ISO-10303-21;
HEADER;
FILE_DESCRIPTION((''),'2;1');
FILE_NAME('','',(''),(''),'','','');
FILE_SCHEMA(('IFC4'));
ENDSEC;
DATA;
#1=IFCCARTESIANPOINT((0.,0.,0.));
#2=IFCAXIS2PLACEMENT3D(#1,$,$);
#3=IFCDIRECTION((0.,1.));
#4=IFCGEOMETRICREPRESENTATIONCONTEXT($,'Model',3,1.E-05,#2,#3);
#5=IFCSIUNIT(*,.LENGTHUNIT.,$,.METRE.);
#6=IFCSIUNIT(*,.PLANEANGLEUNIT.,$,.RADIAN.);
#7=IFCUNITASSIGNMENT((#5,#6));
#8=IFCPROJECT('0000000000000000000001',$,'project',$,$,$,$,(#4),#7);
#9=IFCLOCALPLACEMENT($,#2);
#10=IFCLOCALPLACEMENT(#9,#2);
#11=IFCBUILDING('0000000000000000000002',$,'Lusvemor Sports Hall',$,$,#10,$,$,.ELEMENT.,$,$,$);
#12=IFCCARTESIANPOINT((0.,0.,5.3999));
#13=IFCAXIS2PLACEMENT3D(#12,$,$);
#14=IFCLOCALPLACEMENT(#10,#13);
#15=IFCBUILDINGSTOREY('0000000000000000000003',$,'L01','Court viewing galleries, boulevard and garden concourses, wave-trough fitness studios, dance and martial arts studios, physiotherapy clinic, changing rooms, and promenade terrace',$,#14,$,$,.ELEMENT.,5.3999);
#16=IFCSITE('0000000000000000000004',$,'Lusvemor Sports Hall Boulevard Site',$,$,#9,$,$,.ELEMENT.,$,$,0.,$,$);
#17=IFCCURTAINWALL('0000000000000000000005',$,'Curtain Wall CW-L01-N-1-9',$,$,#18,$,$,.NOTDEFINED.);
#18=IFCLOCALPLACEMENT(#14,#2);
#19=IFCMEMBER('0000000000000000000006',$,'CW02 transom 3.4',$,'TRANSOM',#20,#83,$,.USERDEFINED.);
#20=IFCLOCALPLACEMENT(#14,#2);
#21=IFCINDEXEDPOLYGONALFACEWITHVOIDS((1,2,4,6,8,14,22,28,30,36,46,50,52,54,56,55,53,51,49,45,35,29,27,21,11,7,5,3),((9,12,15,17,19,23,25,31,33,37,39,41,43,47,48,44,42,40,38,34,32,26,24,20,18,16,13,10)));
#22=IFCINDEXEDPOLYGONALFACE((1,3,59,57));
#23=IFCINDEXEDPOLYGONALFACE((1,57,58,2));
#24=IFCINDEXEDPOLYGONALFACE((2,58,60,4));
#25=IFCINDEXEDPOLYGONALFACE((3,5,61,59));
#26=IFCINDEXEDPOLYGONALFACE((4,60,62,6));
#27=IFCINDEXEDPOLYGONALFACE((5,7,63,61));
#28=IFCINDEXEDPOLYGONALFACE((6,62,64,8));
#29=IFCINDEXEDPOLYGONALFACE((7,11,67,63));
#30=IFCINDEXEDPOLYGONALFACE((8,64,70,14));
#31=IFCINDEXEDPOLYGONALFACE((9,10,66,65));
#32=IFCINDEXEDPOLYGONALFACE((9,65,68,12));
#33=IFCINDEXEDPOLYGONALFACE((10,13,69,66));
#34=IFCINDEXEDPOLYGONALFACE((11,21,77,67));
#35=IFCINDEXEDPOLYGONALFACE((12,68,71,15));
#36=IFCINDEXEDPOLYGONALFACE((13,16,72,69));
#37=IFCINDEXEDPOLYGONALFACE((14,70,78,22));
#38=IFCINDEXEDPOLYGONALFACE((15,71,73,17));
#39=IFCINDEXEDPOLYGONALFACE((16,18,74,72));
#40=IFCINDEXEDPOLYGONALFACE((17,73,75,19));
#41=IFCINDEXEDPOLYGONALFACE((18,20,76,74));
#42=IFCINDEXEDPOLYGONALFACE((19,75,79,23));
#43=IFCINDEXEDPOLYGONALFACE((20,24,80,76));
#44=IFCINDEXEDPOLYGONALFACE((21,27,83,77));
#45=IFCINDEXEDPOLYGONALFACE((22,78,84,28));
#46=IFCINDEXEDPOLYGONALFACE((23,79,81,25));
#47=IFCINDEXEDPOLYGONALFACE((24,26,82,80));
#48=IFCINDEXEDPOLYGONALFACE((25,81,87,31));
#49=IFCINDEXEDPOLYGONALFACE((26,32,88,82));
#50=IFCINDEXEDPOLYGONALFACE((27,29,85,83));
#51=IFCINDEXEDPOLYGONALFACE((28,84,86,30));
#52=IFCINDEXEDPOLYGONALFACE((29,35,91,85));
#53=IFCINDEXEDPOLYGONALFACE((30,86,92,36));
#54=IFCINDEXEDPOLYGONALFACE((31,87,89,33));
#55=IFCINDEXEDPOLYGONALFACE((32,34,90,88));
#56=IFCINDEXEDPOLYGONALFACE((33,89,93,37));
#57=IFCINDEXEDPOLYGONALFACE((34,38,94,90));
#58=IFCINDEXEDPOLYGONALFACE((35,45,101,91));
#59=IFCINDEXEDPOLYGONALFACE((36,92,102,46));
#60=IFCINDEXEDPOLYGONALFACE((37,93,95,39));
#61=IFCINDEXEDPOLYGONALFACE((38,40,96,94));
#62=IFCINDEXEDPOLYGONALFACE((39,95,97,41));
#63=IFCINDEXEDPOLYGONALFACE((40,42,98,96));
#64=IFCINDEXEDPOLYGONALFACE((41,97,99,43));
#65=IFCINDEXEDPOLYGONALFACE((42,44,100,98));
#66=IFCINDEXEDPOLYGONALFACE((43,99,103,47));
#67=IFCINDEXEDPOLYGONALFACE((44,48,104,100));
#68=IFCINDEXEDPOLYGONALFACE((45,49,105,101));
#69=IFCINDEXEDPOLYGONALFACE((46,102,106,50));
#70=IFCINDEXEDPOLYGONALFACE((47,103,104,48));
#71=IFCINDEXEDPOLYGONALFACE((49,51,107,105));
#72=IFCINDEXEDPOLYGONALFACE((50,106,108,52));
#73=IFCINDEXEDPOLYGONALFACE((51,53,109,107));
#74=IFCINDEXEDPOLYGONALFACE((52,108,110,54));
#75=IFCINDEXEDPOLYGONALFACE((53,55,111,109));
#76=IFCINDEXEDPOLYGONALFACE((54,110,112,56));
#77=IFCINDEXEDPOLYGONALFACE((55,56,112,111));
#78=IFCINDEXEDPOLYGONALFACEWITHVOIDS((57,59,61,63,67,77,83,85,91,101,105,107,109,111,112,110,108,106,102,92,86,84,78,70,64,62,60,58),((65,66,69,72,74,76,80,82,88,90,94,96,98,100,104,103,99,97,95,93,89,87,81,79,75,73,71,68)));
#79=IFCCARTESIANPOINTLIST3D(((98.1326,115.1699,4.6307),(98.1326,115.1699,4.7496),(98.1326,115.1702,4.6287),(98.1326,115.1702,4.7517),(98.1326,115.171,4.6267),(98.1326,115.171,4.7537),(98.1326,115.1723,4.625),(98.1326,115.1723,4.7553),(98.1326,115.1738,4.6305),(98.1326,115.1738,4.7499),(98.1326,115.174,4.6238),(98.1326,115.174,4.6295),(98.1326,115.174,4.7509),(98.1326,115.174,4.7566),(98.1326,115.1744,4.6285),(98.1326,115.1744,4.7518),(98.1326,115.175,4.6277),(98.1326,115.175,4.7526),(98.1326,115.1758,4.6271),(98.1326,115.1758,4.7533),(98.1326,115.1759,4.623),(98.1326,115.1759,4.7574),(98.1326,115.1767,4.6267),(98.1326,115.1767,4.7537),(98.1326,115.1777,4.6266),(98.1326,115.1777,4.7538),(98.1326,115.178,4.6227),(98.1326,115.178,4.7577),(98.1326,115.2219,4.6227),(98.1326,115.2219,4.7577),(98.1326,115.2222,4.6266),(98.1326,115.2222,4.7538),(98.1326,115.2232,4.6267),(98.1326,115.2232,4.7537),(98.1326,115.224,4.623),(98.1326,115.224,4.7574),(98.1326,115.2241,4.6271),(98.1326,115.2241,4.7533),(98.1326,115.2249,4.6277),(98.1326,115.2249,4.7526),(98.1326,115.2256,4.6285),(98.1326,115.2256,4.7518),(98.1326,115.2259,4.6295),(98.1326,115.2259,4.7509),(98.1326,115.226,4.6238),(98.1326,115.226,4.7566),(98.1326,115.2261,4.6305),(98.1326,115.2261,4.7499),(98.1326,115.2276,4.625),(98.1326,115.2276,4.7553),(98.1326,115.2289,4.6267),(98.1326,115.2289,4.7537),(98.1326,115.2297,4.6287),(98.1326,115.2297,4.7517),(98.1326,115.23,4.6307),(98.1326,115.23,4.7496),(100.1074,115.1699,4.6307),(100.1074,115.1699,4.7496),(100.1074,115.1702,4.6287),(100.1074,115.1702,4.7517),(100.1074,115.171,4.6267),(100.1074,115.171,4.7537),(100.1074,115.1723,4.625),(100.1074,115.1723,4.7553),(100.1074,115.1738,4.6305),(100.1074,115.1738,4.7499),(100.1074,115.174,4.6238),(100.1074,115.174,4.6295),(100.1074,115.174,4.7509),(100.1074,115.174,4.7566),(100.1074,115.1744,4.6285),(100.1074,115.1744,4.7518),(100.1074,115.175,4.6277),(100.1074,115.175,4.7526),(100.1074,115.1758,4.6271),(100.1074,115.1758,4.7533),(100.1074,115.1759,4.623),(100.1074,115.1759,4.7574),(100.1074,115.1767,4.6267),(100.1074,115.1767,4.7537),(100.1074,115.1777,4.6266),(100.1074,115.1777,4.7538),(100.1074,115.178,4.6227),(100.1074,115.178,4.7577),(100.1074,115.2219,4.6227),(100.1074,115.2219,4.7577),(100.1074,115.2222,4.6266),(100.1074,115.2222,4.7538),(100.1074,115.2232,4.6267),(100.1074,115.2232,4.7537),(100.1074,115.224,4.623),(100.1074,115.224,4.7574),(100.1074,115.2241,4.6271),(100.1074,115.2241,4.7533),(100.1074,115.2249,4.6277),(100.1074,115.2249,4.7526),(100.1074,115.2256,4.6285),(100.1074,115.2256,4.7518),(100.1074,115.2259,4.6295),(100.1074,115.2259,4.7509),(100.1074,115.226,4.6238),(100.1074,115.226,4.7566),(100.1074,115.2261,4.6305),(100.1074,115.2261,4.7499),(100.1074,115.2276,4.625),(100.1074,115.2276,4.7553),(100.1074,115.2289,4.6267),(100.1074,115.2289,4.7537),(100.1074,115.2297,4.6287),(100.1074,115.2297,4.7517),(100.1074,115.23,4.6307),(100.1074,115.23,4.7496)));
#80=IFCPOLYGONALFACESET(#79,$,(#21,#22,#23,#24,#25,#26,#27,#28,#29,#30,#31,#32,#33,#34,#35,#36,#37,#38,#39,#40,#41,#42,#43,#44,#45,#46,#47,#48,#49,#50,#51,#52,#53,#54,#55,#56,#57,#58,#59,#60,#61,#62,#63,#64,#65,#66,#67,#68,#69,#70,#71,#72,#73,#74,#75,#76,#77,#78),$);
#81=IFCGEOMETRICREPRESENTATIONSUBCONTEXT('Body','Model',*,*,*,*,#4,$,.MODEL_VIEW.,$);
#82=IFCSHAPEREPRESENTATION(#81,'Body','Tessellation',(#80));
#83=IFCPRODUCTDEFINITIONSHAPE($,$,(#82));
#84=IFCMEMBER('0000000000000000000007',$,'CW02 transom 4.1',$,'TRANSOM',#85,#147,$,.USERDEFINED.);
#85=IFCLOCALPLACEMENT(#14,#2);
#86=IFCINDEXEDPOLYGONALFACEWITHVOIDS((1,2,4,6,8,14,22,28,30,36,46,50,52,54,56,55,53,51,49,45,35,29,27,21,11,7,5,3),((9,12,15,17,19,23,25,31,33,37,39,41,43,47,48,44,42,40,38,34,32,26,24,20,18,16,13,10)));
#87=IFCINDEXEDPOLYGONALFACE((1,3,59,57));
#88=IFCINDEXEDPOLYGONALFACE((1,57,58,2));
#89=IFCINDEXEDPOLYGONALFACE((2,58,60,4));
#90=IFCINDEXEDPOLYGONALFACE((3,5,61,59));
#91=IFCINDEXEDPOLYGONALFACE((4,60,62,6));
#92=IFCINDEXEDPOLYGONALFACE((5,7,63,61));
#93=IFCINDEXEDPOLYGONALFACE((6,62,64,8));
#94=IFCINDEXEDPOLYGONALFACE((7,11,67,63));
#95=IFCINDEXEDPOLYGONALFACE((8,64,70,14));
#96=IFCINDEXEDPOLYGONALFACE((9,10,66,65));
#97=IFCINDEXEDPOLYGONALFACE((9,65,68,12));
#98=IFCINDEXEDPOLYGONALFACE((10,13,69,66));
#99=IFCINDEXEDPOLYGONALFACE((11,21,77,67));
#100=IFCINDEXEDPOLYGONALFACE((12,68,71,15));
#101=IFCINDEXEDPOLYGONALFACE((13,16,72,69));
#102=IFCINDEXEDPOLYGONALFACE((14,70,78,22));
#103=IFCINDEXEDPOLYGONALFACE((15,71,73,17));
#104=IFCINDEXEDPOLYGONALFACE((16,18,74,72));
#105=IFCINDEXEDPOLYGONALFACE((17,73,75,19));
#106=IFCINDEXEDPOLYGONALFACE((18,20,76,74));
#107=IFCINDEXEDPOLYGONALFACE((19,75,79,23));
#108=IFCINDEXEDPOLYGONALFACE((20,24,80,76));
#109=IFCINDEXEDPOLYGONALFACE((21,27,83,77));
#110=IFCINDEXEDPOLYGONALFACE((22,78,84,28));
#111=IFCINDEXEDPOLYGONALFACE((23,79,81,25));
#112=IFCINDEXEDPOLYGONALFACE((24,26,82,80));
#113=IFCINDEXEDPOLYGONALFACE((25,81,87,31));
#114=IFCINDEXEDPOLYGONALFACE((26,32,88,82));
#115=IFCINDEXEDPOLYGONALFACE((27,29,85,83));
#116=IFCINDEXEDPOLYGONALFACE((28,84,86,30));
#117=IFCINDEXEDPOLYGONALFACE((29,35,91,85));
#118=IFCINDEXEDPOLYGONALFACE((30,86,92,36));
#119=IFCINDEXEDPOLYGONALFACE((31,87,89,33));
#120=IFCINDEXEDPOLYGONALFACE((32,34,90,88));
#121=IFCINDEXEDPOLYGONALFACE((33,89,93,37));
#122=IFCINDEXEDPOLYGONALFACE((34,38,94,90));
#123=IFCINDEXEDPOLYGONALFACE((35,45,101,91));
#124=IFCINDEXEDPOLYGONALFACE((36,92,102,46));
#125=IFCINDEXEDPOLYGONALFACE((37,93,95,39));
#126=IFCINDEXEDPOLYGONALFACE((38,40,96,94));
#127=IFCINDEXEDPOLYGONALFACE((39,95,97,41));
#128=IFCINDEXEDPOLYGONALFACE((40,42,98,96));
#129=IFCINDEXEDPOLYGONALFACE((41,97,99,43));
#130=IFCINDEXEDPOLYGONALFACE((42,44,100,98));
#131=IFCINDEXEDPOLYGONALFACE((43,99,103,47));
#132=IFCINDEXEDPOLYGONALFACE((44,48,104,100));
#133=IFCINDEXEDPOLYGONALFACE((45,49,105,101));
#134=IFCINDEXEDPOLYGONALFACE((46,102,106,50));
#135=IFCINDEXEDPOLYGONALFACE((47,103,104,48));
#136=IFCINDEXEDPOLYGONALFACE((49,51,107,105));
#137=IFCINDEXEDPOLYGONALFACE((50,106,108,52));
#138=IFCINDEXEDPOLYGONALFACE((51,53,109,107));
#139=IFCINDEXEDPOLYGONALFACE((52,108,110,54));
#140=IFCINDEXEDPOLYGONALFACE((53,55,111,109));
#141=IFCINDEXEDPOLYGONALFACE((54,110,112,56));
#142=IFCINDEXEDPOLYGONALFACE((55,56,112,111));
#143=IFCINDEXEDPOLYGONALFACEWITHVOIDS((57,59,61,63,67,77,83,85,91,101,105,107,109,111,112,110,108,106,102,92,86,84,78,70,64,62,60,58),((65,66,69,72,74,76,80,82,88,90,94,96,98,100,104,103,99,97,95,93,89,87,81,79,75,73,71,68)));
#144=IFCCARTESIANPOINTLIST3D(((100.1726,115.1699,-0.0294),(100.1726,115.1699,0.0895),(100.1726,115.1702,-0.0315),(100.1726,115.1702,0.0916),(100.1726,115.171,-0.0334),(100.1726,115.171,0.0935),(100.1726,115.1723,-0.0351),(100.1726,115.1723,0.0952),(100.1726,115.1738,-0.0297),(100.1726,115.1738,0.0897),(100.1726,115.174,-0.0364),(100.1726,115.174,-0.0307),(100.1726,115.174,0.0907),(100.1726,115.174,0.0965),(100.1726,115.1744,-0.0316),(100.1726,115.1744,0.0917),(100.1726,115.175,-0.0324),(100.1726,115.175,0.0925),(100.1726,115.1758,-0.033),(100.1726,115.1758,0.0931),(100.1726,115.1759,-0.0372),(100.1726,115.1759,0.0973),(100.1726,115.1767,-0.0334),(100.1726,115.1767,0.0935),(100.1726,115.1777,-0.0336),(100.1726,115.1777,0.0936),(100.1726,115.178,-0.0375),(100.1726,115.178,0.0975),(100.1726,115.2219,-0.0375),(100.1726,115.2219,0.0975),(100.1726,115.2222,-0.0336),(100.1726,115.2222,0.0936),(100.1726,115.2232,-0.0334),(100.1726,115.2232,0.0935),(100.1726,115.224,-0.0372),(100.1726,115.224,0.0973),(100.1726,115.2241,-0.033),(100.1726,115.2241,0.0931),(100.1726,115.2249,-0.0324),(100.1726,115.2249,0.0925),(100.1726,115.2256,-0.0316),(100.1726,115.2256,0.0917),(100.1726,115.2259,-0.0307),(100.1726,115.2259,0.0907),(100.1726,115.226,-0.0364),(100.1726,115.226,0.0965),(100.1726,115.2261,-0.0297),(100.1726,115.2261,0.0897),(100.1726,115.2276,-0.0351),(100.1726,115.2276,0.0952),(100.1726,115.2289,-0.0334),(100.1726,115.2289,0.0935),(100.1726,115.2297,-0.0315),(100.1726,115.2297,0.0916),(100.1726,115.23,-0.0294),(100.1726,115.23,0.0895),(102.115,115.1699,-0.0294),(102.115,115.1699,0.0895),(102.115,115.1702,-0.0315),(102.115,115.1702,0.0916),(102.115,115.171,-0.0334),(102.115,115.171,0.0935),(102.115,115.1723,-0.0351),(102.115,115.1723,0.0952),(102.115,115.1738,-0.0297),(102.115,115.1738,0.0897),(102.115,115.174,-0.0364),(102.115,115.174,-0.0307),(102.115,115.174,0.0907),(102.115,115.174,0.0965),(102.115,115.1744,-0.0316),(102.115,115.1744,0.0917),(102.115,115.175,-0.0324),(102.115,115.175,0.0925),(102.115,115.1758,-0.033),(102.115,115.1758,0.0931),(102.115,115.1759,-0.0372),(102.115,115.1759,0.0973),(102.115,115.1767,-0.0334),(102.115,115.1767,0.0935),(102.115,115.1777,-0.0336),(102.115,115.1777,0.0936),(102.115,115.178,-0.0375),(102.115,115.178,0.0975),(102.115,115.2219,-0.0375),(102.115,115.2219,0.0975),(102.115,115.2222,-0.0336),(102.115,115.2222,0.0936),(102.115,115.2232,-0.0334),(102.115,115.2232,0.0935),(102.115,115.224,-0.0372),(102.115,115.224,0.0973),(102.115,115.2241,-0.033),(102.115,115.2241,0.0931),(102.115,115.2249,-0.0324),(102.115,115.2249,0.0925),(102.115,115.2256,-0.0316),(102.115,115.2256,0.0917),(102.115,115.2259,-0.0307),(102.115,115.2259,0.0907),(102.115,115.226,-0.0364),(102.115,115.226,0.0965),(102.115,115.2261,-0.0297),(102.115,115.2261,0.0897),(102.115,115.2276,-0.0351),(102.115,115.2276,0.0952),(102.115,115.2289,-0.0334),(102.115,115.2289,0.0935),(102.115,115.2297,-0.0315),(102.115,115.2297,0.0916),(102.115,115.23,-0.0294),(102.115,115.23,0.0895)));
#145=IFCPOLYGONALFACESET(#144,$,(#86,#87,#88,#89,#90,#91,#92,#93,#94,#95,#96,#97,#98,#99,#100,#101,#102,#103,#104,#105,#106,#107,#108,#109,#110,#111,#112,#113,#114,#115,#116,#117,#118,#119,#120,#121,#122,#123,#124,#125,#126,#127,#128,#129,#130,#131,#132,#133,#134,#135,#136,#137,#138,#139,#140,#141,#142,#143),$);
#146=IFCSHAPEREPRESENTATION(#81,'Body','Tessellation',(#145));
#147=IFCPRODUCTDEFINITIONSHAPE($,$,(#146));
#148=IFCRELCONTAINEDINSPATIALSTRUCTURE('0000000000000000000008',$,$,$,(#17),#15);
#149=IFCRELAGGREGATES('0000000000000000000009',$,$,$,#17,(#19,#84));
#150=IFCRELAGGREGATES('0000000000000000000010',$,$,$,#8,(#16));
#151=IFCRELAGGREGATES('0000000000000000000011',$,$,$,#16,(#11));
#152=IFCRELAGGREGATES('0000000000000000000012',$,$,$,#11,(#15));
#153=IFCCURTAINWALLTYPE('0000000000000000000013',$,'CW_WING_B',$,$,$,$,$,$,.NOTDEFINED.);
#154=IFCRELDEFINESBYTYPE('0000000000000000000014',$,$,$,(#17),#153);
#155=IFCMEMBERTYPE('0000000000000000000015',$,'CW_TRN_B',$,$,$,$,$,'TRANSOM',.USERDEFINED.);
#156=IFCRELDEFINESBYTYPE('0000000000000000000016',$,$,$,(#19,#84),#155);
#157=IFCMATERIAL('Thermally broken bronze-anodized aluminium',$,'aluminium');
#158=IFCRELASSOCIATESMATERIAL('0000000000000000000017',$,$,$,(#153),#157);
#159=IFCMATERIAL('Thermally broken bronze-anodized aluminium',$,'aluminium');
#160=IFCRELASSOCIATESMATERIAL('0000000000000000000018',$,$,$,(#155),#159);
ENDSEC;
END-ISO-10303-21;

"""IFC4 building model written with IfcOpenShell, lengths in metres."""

from ifc_helpers import new_model, si_unit, direction, frame, origin, origin_2d, place, context, subcontext, project, spatial, hollow_rectangle, extrude, material, material_profile, profile_set, type_object, element, aggregate, save


model = new_model("IFC4")

# Units and contexts
model_context = context("Model", 3, precision=1e-05, world=origin(), true_north=direction((0.0, 1.0)))
body_context = subcontext(model_context, "Body", "Model", "MODEL_VIEW")
ifc_project = project(units=[si_unit("LENGTHUNIT", "METRE"), si_unit("PLANEANGLEUNIT", "RADIAN")], contexts=[model_context])

# Site, building, storey
site_placement = place(None, origin())
site = spatial("IfcSite", under=ifc_project, at=site_placement, Name="Lusvemor Sports Hall Boulevard Site", CompositionType="ELEMENT", RefElevation=0.0)
building_placement = place(site_placement, origin())
building = spatial("IfcBuilding", under=site, at=building_placement, Name="Lusvemor Sports Hall", CompositionType="ELEMENT")
storey_placement = place(building_placement, frame((0.0, 0.0, 5.3999)))
storey = spatial("IfcBuildingStorey", under=building, at=storey_placement, Name="L01", Description="Court viewing galleries, boulevard and garden concourses, wave-trough fitness studios, dance and martial arts studios, physiotherapy clinic, changing rooms, and promenade terrace", CompositionType="ELEMENT", Elevation=5.3999)

# Curtain wall, members
ifc_material_1 = material(Name="Thermally broken bronze-anodized aluminium", Category="aluminium")
curtain_wall_type = type_object("IfcCurtainWallType", Name="CW_WING_B", PredefinedType="NOTDEFINED", material=ifc_material_1)
curtain_wall_placement = place(storey_placement, origin())
curtain_wall = element("IfcCurtainWall", 1, at=curtain_wall_placement, inside=storey, type_object=curtain_wall_type, Name="Curtain Wall CW-L01-N-1-9", PredefinedType="NOTDEFINED")
ifc_material_2 = material(Name="Thermally broken bronze-anodized aluminium", Category="aluminium")
ifc_material_profile_1 = material_profile(ifc_material_2, hollow_rectangle(XDim=0.0601, YDim=0.135, WallThickness=0.0039, InnerFilletRadius=0.0039, OuterFilletRadius=0.0081, at=origin_2d()), Name="CWTRN135x60x4")
ifc_profile_set_1 = profile_set([ifc_material_profile_1], Name="Thermally broken bronze-anodized aluminium")
member_type_1 = type_object("IfcMemberType", Name="CW_TRN_B", ElementType="TRANSOM", PredefinedType="USERDEFINED", material=ifc_profile_set_1)
member_1_placement = place(storey_placement, frame((98.1326, 115.2, 4.6902), z_axis=(1.0, 0.0, 0.0), x_axis=(0.0, 1.0, 0.0)))
member_1 = element("IfcMember", 2, at=member_1_placement, type_object=member_type_1, Name="CW02 transom 3.4", ObjectType="TRANSOM", PredefinedType="USERDEFINED", context=body_context, shape_type="SweptSolid", body=[
    extrude(hollow_rectangle(XDim=0.0601, YDim=0.135, WallThickness=0.0039, InnerFilletRadius=0.0039, OuterFilletRadius=0.0081, at=origin_2d()), origin(), (0.0, 0.0, 1.0), 1.9749),
])
member_2_placement = place(storey_placement, frame((100.1726, 115.2, 0.03), z_axis=(1.0, 0.0, 0.0), x_axis=(0.0, 1.0, 0.0)))
member_2 = element("IfcMember", 3, at=member_2_placement, type_object=member_type_1, Name="CW02 transom 4.1", ObjectType="TRANSOM", PredefinedType="USERDEFINED", context=body_context, shape_type="SweptSolid", body=[
    extrude(hollow_rectangle(XDim=0.0601, YDim=0.135, WallThickness=0.0039, InnerFilletRadius=0.0039, OuterFilletRadius=0.0081, at=origin_2d()), origin(), (0.0, 0.0, 1.0), 1.9424),
])

aggregate(curtain_wall, [member_1, member_2])

save(model, "model.ifc")
